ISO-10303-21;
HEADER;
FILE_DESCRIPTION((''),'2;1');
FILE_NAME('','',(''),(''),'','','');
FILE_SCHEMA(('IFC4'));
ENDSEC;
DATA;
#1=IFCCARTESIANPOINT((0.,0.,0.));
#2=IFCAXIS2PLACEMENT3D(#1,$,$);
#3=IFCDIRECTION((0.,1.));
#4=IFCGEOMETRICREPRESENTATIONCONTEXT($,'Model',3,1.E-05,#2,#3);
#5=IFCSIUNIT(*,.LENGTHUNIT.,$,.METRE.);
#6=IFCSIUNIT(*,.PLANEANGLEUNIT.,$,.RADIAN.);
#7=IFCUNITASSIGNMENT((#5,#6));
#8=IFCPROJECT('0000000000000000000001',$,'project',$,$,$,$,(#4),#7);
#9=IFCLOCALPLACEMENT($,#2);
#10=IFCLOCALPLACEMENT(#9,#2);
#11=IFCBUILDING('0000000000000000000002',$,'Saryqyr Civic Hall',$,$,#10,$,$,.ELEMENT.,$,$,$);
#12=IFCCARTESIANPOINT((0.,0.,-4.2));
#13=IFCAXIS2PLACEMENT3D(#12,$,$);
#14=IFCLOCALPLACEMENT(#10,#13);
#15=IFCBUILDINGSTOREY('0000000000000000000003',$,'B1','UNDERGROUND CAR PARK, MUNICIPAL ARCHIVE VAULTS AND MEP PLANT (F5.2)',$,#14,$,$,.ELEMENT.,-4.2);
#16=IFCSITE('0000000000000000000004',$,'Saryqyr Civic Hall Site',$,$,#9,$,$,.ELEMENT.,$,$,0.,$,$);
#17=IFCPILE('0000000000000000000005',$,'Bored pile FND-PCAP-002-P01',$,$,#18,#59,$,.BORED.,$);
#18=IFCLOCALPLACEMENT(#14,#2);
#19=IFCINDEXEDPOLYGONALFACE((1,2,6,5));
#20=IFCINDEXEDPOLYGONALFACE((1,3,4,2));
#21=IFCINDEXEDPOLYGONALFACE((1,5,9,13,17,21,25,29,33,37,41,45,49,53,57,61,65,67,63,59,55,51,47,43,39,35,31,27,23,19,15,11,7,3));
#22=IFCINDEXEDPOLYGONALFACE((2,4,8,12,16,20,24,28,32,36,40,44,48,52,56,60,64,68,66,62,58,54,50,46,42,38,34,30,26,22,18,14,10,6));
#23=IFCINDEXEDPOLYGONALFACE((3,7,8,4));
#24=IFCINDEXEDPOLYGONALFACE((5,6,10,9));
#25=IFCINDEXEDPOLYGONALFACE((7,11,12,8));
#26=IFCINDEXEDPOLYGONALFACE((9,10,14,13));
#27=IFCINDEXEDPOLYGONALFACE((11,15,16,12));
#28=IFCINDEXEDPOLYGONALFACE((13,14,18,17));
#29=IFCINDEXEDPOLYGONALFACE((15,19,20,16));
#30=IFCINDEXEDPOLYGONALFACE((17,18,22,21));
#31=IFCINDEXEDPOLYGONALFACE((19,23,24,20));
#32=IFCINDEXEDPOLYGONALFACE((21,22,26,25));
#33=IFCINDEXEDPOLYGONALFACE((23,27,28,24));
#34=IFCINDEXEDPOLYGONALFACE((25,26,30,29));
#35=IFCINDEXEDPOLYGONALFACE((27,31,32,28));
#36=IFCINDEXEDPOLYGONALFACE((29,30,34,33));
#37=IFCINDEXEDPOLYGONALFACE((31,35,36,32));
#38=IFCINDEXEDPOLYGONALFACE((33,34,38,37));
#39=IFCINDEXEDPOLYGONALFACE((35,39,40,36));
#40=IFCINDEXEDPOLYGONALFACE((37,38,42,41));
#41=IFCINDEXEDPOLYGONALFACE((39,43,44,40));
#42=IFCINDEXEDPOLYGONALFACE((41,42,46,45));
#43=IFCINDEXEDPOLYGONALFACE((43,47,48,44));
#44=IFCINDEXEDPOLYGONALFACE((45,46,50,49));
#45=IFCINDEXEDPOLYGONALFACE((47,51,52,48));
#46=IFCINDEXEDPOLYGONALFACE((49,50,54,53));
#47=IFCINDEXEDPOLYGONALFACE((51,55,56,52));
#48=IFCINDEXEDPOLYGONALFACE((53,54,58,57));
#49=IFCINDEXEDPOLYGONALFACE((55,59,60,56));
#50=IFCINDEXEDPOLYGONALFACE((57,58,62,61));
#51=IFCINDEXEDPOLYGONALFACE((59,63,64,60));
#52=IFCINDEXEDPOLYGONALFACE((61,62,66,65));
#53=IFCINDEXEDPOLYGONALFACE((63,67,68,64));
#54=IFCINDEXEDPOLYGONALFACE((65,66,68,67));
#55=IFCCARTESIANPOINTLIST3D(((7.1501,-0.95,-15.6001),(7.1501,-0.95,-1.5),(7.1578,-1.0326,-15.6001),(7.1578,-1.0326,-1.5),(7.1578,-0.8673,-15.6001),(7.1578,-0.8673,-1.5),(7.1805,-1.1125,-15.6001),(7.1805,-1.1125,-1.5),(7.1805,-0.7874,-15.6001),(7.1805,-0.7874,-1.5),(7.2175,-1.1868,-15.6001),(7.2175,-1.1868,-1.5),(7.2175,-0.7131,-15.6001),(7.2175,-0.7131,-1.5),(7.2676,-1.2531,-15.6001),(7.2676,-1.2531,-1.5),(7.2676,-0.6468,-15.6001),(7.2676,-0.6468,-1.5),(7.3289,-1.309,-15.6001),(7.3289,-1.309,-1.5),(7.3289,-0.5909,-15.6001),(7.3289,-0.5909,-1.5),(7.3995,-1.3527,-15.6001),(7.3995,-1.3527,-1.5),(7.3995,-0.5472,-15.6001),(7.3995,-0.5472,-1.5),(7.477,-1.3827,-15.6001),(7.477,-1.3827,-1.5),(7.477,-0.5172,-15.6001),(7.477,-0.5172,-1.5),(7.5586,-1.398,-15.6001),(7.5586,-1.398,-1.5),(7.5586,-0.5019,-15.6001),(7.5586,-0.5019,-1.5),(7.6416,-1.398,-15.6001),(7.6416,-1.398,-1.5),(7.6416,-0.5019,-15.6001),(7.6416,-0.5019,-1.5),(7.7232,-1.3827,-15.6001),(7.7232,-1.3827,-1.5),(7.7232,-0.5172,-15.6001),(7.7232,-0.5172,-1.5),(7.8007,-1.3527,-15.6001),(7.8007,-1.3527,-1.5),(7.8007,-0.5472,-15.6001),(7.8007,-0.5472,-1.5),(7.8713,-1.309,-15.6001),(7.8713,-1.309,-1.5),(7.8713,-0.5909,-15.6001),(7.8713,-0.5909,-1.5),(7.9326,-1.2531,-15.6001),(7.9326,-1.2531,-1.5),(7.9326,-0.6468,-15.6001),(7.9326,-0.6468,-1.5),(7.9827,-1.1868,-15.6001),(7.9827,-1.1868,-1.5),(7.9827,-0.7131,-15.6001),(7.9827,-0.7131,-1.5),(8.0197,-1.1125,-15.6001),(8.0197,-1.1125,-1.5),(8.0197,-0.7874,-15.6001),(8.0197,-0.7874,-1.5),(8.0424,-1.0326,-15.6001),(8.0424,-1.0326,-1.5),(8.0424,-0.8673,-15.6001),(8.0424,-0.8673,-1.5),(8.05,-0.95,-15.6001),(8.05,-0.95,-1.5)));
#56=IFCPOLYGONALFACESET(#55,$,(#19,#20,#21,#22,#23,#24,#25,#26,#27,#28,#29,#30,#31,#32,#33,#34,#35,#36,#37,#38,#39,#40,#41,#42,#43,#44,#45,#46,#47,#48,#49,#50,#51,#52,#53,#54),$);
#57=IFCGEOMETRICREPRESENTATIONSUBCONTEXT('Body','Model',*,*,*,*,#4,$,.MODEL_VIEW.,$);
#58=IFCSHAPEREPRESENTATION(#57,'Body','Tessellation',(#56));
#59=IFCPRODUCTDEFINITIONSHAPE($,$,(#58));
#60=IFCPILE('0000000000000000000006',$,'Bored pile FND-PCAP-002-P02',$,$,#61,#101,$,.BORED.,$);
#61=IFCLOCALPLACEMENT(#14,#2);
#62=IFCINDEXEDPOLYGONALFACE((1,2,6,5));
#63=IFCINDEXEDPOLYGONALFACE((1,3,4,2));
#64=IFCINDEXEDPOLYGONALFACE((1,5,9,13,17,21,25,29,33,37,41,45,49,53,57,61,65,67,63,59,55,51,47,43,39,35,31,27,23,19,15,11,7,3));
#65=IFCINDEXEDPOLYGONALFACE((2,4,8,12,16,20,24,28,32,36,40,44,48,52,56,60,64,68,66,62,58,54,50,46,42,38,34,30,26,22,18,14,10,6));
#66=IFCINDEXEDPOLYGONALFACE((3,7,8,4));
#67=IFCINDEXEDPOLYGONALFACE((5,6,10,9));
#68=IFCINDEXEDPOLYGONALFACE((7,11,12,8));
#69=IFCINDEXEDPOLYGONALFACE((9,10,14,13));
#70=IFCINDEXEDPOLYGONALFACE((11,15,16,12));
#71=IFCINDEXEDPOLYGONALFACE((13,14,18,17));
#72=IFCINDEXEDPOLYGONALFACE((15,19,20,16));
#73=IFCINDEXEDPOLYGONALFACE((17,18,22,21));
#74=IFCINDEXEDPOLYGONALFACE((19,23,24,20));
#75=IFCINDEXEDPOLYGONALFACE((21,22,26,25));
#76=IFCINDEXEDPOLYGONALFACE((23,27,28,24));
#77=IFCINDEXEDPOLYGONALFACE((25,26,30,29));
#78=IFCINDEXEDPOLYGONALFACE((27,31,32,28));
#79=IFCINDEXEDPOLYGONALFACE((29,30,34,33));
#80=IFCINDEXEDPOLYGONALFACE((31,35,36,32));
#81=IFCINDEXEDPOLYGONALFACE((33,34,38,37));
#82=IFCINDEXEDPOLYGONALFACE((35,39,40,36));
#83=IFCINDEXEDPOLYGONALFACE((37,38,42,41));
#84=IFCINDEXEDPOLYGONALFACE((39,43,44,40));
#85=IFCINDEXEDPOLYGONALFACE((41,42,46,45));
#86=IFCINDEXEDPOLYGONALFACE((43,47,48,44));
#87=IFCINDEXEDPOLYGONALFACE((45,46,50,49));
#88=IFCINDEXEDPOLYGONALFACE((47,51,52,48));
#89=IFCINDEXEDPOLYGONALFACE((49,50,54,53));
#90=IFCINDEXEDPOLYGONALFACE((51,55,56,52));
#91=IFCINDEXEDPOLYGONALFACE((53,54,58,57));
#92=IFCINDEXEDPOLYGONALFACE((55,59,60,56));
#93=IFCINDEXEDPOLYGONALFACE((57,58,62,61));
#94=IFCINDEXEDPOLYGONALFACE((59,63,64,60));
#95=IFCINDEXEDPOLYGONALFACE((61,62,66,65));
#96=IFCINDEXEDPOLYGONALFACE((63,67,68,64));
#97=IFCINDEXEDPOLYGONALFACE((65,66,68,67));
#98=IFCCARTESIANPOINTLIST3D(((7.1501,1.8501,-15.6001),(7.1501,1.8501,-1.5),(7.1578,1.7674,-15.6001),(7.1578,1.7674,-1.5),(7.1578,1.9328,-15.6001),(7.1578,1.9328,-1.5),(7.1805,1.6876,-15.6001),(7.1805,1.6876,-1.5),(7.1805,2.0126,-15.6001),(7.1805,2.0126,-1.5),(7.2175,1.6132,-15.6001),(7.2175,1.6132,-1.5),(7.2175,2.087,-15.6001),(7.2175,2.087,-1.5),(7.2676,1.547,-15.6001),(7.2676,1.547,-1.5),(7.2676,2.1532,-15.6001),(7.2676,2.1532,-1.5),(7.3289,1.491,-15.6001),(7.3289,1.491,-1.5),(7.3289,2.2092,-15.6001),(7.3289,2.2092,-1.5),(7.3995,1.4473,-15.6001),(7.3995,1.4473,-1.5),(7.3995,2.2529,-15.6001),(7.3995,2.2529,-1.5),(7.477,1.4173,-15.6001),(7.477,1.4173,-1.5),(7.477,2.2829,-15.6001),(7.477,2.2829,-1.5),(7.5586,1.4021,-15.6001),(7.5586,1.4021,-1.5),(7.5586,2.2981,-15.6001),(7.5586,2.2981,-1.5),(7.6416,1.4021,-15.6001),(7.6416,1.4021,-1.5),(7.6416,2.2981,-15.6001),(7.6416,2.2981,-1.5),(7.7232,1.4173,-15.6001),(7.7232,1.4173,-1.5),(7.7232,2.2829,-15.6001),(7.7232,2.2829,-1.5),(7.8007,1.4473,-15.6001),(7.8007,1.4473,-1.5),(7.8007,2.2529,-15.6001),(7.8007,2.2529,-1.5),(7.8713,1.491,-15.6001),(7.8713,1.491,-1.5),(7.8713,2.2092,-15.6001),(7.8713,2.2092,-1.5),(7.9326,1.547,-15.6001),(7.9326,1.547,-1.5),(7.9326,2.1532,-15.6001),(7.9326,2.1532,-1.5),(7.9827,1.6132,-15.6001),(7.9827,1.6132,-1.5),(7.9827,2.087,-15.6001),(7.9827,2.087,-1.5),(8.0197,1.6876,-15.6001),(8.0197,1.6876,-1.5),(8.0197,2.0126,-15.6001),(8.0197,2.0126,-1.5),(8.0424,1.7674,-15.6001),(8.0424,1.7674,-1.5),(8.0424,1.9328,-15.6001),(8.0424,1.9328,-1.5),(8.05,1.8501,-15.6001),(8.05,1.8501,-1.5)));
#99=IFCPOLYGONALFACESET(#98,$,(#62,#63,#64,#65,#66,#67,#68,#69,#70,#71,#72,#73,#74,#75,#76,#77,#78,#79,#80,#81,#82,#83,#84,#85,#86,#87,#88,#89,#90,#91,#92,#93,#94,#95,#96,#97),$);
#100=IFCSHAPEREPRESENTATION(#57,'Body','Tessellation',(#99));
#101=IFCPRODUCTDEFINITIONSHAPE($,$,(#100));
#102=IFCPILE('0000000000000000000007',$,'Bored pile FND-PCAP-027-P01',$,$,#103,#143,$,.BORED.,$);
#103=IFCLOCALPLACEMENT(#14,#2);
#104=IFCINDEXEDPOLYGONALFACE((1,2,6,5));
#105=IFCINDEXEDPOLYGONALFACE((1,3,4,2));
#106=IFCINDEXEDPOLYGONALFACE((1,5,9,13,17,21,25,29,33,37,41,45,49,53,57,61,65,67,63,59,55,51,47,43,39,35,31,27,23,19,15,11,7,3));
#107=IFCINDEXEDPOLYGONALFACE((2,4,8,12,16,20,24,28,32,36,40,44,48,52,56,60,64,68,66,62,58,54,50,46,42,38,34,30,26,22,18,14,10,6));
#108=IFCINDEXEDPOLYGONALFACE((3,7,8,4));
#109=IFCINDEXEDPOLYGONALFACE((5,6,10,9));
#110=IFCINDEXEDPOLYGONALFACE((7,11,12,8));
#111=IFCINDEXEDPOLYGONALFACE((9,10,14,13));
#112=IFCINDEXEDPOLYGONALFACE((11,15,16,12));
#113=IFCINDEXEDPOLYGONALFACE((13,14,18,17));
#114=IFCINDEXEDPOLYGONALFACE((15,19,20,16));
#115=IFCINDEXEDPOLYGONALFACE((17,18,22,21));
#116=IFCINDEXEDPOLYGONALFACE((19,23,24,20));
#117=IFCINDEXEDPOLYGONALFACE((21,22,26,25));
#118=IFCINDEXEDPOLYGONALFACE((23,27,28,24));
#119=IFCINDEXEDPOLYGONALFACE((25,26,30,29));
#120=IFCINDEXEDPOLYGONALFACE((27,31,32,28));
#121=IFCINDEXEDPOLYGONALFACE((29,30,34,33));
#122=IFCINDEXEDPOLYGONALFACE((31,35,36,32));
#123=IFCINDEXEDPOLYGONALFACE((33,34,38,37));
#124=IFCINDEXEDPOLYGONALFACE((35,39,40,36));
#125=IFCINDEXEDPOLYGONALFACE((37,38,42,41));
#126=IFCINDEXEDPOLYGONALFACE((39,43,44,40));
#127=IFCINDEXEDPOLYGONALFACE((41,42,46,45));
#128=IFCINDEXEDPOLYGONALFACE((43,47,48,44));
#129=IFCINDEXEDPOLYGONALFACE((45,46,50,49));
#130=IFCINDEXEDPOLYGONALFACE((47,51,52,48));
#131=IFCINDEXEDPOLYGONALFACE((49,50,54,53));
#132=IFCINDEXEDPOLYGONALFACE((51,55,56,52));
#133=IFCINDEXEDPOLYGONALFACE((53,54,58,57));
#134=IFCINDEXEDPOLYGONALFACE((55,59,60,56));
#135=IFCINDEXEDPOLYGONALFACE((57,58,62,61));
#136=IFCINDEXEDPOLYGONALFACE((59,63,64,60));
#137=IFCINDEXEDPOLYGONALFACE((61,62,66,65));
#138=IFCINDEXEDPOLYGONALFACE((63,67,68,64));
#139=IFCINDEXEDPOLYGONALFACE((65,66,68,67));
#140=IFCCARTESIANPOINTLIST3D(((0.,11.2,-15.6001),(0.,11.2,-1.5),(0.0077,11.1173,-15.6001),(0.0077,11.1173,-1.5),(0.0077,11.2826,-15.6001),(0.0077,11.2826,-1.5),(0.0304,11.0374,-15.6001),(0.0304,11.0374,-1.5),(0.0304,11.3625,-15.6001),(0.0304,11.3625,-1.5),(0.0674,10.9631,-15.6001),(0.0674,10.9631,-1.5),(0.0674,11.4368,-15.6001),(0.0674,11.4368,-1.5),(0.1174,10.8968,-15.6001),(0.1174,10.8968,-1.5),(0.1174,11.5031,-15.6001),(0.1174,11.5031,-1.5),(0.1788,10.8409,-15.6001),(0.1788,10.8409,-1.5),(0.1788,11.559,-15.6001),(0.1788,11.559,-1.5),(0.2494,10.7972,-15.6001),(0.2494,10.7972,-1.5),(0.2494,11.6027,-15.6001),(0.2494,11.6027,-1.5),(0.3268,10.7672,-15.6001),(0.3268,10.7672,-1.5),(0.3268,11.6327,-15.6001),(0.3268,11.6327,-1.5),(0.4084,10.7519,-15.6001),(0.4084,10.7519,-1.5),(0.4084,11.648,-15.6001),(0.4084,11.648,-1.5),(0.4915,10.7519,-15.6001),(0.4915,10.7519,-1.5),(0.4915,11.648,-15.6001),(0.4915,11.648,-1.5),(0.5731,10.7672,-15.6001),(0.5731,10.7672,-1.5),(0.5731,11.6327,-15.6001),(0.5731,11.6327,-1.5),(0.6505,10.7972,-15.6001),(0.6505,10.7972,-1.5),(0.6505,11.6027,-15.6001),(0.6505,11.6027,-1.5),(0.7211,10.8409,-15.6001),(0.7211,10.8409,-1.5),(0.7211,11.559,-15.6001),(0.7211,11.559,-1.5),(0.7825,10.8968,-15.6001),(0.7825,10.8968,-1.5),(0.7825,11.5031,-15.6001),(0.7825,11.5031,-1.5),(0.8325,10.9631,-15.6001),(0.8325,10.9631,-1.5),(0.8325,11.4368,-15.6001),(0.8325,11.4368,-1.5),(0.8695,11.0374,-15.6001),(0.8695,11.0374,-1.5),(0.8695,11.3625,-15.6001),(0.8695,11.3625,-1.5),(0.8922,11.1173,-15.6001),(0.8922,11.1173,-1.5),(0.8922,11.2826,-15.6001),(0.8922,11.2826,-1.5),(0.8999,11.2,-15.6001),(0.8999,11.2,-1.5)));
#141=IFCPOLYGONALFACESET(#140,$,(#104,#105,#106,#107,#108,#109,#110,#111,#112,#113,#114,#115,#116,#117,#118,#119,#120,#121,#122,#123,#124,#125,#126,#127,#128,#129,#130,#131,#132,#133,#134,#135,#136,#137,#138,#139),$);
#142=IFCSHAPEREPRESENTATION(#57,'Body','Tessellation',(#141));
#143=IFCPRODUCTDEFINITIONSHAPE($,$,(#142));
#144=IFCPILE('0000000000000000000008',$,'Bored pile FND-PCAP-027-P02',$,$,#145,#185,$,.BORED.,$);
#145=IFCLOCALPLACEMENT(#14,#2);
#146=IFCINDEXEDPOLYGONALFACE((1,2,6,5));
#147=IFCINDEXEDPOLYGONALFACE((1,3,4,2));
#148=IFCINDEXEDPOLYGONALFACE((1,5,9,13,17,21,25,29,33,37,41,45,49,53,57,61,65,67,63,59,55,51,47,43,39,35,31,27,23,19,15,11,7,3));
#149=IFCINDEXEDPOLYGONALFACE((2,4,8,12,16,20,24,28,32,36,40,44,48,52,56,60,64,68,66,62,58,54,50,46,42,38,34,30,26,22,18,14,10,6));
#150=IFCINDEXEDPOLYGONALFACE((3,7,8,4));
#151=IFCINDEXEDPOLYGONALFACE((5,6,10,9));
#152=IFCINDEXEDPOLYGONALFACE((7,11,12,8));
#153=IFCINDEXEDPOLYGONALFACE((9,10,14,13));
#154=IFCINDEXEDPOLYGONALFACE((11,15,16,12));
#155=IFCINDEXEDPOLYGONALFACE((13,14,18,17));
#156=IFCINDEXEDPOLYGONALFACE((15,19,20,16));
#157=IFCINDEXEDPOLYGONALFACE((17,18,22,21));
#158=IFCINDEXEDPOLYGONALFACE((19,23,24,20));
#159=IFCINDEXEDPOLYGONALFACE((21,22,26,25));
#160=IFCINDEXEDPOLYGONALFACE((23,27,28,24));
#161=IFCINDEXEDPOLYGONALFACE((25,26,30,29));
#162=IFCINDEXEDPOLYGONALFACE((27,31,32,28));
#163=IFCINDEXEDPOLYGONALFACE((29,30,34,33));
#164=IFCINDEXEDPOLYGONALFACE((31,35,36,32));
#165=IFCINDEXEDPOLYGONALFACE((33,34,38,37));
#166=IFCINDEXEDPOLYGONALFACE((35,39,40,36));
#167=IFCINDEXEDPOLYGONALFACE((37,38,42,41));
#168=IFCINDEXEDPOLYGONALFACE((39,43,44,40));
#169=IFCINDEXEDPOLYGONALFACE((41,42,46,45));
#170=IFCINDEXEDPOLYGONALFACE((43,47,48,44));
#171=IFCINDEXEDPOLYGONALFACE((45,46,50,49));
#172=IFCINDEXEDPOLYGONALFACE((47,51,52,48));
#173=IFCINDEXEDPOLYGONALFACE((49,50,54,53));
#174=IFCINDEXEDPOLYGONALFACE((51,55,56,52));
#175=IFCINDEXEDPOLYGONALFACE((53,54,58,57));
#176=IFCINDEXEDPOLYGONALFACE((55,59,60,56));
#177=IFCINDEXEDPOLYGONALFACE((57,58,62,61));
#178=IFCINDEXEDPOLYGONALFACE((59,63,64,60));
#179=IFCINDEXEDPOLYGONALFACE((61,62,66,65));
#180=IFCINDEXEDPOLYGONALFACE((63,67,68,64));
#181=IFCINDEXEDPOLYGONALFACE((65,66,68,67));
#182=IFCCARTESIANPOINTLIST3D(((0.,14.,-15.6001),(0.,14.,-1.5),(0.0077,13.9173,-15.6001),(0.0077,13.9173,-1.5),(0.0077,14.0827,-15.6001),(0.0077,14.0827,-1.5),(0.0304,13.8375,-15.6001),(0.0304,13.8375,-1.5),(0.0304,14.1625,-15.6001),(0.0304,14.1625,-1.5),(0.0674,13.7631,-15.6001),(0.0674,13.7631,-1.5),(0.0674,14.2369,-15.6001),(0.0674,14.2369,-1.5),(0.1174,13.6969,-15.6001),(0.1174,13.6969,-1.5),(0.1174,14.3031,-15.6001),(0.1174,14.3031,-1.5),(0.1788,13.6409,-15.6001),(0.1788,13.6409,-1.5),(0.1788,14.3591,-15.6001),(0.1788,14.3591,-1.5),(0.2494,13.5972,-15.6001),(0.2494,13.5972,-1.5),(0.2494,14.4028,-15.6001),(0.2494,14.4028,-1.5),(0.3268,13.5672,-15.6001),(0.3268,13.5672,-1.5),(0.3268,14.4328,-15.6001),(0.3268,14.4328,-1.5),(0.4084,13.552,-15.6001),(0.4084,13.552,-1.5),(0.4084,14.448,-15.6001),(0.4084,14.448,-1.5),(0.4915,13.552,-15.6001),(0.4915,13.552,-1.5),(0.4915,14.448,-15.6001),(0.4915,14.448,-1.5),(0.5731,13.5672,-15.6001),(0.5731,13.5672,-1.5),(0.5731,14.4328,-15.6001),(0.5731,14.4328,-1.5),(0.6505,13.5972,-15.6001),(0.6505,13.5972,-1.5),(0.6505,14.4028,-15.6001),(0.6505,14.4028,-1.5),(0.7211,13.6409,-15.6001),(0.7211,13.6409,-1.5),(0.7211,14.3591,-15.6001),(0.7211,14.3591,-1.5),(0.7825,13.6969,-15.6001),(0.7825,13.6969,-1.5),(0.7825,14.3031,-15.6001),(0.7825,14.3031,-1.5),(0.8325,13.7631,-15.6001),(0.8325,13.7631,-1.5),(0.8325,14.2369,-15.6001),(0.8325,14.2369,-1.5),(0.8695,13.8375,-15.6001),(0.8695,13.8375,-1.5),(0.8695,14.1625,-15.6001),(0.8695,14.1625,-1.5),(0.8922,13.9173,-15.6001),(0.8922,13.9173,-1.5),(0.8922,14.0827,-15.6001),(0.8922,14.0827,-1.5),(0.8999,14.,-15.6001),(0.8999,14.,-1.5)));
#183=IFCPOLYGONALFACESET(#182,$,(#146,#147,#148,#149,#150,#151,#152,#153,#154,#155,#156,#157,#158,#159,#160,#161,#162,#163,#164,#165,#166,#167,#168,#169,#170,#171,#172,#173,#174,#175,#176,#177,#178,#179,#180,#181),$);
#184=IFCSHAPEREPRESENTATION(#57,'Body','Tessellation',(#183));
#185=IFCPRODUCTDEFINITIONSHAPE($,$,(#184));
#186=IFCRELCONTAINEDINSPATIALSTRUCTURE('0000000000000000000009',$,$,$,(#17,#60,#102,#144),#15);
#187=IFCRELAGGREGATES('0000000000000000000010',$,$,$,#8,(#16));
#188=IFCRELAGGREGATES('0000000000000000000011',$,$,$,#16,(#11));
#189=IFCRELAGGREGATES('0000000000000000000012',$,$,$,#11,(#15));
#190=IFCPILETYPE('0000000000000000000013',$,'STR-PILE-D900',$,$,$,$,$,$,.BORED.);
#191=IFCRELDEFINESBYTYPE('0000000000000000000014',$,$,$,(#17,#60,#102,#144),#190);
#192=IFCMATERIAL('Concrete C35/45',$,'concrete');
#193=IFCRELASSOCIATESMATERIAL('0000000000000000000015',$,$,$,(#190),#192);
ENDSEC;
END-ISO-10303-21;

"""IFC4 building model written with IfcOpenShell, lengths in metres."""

from ifc_helpers import new_model, si_unit, direction, frame, origin, origin_2d, place, context, subcontext, project, spatial, circle, extrude, material, material_profile, profile_set, type_object, element, save


model = new_model("IFC4")

# Units and contexts
model_context = context("Model", 3, precision=1e-05, world=origin(), true_north=direction((0.0, 1.0)))
body_context = subcontext(model_context, "Body", "Model", "MODEL_VIEW")
ifc_project = project(units=[si_unit("LENGTHUNIT", "METRE"), si_unit("PLANEANGLEUNIT", "RADIAN")], contexts=[model_context])

# Site, building, storey
site_placement = place(None, origin())
site = spatial("IfcSite", under=ifc_project, at=site_placement, Name="Saryqyr Civic Hall Site", CompositionType="ELEMENT", RefElevation=0.0)
building_placement = place(site_placement, origin())
building = spatial("IfcBuilding", under=site, at=building_placement, Name="Saryqyr Civic Hall", CompositionType="ELEMENT")
storey_placement = place(building_placement, frame((0.0, 0.0, -4.2)))
storey = spatial("IfcBuildingStorey", under=building, at=storey_placement, Name="B1", Description="UNDERGROUND CAR PARK, MUNICIPAL ARCHIVE VAULTS AND MEP PLANT (F5.2)", CompositionType="ELEMENT", Elevation=-4.2)

# Shared definitions
ifc_material_1 = material(Name="Concrete C35/45", Category="concrete")

# Piles
ifc_material_profile_1 = material_profile(ifc_material_1, circle(Radius=0.45, at=origin_2d()), Name="BORED PILE D900")
ifc_profile_set_1 = profile_set([ifc_material_profile_1], Name="Concrete C35/45")
pile_type = type_object("IfcPileType", Name="STR-PILE-D900", PredefinedType="BORED", material=ifc_profile_set_1)
for number, where, z_axis, x_axis, name in (
    (1, (7.6001, -0.95, -1.5), (0.0, 0.0, -1.0), (1.0, 0.0, 0.0), "Bored pile FND-PCAP-002-P01"),
    (2, (7.6001, 1.8501, -1.5), (0.0, 0.0, -1.0), (1.0, 0.0, 0.0), "Bored pile FND-PCAP-002-P02"),
    (3, (0.45, 11.2, -1.5), (0.0, 0.0, -1.0), (1.0, 0.0, 0.0), "Bored pile FND-PCAP-027-P01"),
    (4, (0.45, 14.0, -1.5), (0.0, 0.0, -1.0), (1.0, 0.0, 0.0), "Bored pile FND-PCAP-027-P02"),
):
    element("IfcPile", number, at=place(storey_placement, frame(where, z_axis=z_axis, x_axis=x_axis)), inside=storey, type_object=pile_type, Name=name, PredefinedType="BORED", context=body_context, shape_type="SweptSolid", body=[
        extrude(circle(Radius=0.45, at=origin_2d()), origin(), (0.0, 0.0, 1.0), 14.1001),
    ])

save(model, "model.ifc")
